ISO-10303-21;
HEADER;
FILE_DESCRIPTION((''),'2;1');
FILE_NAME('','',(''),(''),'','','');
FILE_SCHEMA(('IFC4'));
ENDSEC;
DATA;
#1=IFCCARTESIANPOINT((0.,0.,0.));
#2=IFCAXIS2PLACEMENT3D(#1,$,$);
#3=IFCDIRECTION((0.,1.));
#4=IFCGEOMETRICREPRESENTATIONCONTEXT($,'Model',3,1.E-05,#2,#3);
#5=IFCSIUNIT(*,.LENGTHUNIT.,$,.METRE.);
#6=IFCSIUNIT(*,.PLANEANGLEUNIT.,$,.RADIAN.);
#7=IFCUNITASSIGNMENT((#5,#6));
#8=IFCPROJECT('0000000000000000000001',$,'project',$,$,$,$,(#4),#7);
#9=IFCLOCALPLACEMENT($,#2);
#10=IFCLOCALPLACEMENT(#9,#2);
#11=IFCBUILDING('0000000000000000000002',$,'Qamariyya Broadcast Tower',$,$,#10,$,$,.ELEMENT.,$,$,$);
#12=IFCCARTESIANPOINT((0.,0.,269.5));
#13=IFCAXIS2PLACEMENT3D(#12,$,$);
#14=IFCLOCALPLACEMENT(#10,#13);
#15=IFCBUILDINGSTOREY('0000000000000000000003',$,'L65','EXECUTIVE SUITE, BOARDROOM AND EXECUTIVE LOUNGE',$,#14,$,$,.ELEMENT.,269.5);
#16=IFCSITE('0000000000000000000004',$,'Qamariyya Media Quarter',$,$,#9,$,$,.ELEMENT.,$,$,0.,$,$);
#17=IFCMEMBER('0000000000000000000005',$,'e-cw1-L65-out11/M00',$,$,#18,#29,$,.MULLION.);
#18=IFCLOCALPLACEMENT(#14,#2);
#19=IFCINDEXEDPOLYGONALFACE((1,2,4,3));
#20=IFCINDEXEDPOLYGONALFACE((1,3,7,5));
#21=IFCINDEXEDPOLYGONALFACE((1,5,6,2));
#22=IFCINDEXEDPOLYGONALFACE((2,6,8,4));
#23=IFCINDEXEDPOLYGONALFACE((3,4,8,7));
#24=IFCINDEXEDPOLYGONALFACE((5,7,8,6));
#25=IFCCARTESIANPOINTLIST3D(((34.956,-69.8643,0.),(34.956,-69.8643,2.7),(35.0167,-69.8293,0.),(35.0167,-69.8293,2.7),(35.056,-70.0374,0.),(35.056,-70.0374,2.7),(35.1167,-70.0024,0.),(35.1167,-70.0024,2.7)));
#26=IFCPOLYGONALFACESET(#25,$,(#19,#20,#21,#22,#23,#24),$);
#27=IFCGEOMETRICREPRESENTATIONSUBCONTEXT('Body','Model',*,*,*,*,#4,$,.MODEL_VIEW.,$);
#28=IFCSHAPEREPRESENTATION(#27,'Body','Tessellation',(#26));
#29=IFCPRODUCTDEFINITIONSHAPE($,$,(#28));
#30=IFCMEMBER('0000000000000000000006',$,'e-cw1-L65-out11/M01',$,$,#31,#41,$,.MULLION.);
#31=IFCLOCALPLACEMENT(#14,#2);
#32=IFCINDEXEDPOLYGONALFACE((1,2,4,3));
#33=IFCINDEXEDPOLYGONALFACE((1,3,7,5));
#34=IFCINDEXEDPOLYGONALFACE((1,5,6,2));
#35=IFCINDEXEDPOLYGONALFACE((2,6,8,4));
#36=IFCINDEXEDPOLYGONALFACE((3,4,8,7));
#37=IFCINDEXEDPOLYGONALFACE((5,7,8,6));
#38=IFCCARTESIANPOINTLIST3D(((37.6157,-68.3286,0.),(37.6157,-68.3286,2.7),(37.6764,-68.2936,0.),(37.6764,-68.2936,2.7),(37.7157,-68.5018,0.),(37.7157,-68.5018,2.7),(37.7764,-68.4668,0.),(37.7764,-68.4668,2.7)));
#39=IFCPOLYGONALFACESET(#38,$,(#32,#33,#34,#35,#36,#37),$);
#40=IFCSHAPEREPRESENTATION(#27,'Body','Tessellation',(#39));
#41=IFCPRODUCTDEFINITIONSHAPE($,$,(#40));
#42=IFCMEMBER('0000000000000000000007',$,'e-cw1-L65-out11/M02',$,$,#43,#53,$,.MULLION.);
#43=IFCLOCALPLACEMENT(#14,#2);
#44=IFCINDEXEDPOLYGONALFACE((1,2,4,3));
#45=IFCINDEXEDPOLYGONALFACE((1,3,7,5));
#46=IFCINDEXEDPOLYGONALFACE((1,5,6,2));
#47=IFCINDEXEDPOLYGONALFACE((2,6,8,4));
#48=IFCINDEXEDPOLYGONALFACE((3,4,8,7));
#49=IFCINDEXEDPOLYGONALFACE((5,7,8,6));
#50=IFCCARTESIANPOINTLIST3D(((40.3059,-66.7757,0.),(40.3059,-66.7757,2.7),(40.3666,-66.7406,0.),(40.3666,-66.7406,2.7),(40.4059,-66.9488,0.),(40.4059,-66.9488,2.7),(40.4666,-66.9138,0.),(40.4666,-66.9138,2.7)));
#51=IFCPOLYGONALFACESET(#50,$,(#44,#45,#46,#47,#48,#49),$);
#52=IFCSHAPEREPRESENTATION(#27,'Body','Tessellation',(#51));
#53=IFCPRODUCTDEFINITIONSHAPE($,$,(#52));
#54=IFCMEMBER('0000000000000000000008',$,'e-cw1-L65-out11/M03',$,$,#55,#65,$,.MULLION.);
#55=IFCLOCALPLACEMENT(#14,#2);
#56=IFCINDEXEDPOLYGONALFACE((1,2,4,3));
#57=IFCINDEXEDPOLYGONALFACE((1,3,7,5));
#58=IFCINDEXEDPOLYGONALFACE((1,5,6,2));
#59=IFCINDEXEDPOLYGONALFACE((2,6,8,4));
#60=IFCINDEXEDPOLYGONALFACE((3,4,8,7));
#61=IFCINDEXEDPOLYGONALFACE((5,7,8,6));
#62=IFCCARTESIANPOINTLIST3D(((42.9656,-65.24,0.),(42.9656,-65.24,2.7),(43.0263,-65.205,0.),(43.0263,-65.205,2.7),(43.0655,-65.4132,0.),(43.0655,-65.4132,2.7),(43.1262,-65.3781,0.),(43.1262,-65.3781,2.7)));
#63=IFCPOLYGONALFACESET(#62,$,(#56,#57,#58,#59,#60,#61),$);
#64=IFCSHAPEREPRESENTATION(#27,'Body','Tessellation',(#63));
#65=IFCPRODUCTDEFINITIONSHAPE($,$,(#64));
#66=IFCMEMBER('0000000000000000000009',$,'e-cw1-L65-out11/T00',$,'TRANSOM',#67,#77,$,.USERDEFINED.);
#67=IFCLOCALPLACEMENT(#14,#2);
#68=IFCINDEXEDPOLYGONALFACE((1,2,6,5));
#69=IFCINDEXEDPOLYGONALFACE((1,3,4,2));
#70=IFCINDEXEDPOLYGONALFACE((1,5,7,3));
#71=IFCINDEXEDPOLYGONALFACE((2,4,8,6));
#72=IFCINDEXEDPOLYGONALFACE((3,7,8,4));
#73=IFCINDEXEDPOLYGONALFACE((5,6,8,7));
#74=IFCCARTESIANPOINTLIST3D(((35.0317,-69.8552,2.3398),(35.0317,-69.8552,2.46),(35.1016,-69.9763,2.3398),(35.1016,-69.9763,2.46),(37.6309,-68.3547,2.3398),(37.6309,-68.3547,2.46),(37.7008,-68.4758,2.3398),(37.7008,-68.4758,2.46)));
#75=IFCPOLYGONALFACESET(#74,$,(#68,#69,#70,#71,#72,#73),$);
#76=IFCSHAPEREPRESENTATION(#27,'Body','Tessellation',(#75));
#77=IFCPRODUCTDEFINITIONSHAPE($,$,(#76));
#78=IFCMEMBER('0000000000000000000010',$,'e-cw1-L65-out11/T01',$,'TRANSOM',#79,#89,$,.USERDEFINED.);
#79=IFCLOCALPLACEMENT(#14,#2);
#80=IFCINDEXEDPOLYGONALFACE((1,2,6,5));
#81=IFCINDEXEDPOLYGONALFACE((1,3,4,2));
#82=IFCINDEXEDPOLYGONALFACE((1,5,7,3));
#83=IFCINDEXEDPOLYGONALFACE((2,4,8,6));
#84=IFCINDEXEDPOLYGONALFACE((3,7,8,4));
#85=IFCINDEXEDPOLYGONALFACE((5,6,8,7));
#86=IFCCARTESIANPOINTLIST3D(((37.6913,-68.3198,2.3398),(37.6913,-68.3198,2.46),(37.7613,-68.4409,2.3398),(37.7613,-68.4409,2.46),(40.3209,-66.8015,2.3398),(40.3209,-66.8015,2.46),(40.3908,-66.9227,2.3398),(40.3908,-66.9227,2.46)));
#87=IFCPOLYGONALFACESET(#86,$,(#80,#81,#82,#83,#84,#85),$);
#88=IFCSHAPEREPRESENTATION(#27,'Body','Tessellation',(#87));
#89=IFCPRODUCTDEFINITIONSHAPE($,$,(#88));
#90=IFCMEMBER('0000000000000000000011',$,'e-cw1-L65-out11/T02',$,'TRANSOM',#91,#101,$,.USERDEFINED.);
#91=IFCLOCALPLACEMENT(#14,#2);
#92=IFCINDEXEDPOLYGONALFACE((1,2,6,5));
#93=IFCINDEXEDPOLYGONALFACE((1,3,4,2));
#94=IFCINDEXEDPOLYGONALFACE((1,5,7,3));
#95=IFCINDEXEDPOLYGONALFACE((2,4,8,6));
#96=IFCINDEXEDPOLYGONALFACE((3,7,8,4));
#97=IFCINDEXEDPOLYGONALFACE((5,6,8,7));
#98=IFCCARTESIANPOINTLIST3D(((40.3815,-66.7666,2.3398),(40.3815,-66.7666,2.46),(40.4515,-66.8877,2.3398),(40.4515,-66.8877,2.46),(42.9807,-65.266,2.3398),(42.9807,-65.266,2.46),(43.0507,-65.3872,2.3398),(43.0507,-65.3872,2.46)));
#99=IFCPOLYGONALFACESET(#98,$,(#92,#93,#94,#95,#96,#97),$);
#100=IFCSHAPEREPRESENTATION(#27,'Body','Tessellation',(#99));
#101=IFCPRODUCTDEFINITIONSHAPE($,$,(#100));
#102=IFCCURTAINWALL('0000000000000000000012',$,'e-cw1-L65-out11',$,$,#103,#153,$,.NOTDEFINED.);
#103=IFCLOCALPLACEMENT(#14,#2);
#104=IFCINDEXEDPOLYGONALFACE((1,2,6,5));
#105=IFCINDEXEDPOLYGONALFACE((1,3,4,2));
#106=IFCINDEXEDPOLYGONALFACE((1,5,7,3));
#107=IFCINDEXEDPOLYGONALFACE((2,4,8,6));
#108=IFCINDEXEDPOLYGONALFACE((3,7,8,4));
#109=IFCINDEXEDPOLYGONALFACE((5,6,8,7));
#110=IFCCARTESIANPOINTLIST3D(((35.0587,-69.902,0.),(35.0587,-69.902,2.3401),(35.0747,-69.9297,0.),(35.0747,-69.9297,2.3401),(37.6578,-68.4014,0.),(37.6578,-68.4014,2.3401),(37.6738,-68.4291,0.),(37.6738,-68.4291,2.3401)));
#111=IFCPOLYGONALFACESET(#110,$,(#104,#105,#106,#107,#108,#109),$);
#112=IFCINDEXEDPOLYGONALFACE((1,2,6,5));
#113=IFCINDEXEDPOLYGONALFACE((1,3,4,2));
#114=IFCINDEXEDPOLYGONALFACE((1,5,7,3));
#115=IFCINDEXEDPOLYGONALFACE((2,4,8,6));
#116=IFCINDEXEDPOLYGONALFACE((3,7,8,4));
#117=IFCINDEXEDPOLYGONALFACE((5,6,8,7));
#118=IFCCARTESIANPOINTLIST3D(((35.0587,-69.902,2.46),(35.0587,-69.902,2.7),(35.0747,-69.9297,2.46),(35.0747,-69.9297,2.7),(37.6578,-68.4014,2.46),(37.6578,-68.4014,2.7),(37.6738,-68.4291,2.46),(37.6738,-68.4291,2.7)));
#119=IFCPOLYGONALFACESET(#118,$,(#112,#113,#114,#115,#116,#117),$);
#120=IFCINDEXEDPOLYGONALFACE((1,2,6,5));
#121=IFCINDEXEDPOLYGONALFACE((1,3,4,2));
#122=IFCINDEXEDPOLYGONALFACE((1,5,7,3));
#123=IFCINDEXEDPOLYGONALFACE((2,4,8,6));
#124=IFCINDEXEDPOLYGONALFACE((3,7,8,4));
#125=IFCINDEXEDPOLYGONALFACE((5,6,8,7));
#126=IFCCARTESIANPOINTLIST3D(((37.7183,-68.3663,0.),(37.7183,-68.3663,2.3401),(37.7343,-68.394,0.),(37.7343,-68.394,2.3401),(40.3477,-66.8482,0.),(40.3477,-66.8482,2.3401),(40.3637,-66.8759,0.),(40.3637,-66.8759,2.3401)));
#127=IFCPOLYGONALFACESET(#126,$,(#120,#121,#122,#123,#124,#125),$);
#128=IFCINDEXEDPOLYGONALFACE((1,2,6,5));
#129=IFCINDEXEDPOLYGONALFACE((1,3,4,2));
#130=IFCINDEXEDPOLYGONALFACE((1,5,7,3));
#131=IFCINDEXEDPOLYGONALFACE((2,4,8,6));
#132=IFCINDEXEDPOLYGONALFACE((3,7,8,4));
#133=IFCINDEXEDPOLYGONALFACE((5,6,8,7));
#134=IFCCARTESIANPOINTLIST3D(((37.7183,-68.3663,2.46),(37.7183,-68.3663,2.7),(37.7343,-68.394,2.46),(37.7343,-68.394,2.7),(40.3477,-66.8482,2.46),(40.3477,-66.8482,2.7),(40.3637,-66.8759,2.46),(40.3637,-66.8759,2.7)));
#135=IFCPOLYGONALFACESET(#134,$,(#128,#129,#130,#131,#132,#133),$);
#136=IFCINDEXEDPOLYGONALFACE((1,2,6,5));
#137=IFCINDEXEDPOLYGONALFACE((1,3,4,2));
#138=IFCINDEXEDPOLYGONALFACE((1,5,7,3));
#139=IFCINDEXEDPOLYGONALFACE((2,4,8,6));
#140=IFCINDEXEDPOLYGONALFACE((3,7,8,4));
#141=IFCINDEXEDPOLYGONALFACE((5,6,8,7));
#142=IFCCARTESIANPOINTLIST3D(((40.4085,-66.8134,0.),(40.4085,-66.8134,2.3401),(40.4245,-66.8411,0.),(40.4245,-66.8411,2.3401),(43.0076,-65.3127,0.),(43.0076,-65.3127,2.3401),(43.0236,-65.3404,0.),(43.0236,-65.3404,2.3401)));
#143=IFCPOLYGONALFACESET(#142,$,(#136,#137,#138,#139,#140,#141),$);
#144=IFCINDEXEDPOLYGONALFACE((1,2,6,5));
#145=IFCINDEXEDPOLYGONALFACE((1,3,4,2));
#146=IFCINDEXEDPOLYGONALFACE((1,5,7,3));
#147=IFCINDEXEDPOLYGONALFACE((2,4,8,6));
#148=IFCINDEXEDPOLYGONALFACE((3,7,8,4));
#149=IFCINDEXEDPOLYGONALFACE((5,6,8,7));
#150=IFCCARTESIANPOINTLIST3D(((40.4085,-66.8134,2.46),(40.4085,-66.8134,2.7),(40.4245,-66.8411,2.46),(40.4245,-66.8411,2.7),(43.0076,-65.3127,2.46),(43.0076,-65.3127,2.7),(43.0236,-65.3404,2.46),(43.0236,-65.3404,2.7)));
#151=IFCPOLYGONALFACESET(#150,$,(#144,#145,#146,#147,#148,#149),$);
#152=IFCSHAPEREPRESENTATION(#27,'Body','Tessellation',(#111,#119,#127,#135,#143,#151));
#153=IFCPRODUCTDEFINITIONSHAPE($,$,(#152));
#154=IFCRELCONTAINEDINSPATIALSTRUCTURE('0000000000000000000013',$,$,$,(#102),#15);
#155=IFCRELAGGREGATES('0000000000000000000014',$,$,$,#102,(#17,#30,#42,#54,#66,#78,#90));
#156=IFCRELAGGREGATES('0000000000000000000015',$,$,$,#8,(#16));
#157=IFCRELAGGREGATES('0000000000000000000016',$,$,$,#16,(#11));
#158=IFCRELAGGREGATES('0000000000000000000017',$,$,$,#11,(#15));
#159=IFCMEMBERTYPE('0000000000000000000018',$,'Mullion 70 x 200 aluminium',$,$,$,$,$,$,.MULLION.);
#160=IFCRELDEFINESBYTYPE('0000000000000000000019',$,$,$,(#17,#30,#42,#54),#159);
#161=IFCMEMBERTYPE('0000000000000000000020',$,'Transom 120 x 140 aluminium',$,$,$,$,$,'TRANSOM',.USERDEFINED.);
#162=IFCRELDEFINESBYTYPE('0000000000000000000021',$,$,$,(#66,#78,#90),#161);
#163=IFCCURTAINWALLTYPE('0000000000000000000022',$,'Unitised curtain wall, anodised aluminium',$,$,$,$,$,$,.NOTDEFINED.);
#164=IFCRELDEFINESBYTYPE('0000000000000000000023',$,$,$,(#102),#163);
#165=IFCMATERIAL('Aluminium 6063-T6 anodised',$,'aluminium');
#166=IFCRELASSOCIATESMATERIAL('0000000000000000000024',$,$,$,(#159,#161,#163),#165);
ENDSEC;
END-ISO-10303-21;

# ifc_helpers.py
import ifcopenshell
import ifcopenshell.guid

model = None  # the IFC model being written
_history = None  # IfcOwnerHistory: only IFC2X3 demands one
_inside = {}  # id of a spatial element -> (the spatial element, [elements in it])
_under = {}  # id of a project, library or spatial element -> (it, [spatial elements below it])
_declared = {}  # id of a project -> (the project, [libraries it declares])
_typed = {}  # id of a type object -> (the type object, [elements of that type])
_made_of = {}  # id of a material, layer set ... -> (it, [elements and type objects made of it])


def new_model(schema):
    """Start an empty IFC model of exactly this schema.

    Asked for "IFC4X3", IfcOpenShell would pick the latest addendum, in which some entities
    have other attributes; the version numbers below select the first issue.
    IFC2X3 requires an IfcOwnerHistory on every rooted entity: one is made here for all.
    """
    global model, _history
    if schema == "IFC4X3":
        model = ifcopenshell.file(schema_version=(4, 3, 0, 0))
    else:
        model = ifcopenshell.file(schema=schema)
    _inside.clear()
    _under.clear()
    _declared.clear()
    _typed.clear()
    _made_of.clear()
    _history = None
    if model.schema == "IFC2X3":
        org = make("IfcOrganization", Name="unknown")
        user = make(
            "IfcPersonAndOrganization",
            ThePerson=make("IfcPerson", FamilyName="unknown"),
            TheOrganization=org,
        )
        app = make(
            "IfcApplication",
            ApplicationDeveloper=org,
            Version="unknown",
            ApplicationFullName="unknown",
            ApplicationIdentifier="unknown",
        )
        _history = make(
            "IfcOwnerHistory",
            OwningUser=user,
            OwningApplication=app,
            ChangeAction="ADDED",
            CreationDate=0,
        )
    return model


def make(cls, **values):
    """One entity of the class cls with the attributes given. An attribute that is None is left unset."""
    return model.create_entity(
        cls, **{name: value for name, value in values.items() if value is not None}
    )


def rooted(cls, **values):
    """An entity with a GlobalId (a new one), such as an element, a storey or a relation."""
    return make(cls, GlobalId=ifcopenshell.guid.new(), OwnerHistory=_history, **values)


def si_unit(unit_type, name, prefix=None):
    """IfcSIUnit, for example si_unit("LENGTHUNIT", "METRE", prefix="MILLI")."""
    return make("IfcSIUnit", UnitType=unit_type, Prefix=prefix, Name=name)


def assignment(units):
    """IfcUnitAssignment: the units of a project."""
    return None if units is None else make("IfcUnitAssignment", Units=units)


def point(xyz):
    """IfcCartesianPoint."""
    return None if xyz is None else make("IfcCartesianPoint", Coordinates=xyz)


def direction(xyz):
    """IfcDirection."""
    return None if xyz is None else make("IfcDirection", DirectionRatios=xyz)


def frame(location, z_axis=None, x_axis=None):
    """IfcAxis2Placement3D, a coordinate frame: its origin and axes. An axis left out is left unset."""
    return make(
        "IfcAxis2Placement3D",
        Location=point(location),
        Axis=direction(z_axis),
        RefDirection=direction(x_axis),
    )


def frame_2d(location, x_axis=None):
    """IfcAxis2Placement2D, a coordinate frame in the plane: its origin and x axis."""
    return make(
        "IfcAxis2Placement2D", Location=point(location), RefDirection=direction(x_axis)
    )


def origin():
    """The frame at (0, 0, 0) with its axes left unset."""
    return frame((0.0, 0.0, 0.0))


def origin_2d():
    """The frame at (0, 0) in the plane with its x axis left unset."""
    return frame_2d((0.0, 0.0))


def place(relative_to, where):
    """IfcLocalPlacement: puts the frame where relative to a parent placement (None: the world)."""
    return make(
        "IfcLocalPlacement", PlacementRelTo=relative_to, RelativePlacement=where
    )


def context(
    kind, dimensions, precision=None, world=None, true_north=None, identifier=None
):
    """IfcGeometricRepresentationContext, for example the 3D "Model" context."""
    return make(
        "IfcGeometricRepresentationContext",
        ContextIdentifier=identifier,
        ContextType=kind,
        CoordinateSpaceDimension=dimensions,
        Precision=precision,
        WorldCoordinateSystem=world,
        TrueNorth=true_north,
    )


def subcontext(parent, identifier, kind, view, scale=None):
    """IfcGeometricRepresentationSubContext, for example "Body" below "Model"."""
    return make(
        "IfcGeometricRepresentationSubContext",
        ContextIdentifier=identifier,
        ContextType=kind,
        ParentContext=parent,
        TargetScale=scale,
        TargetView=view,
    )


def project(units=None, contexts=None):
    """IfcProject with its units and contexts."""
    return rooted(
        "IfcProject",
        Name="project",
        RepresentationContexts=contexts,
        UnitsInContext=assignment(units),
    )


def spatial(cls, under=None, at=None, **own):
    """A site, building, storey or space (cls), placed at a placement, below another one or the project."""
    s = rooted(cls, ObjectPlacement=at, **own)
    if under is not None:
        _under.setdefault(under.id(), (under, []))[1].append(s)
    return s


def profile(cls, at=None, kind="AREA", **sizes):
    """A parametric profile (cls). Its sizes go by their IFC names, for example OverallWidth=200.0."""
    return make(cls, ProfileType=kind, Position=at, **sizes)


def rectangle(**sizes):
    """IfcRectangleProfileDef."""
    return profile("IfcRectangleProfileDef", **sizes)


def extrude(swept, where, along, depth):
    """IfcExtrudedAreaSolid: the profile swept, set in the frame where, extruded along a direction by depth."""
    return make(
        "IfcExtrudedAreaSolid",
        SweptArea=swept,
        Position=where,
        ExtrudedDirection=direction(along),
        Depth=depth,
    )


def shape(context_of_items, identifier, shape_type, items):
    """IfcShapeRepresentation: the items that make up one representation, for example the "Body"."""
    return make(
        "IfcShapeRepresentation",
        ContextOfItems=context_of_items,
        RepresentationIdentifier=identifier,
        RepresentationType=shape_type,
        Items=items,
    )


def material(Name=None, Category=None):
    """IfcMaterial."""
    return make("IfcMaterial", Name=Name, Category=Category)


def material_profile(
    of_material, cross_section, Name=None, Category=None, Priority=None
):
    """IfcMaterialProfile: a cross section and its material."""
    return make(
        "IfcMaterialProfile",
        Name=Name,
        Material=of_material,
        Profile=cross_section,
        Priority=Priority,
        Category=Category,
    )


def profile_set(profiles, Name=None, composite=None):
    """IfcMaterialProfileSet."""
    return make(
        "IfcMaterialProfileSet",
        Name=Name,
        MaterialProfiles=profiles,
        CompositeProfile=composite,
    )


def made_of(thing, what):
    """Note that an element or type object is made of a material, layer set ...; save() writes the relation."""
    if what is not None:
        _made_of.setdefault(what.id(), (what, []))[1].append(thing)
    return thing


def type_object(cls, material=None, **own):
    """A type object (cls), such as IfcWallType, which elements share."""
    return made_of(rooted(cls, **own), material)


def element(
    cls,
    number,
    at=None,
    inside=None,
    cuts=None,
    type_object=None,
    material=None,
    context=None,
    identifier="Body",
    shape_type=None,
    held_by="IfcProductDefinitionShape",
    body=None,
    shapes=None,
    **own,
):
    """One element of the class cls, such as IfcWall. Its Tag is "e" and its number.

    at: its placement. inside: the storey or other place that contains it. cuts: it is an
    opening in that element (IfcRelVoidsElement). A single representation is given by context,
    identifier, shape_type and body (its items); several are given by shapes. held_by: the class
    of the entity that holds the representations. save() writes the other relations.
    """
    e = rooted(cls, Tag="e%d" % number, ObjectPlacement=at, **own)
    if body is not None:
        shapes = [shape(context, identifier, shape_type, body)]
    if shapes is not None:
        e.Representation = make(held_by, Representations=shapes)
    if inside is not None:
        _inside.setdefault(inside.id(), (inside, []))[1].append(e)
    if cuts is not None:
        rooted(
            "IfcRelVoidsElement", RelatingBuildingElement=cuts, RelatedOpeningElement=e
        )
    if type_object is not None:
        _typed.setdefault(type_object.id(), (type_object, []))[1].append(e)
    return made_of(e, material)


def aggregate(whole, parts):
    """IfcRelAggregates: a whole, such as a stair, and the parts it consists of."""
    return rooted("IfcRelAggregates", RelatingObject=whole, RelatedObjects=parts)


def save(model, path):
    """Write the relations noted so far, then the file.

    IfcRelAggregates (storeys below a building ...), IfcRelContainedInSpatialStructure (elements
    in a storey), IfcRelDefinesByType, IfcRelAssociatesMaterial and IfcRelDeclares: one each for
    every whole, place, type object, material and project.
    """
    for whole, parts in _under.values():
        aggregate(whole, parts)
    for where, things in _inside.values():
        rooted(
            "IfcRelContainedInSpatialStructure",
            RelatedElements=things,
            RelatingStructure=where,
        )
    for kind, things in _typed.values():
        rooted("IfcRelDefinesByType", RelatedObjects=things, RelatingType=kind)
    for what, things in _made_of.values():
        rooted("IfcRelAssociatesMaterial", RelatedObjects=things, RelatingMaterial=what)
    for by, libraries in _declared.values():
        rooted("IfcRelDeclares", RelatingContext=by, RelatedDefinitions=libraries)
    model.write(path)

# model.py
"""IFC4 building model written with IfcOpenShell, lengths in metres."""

from ifc_helpers import new_model, si_unit, direction, frame, origin, origin_2d, place, context, subcontext, project, spatial, rectangle, extrude, material, material_profile, profile_set, type_object, element, aggregate, save


model = new_model("IFC4")

# Units and contexts
model_context = context("Model", 3, precision=1e-05, world=origin(), true_north=direction((0.0, 1.0)))
body_context = subcontext(model_context, "Body", "Model", "MODEL_VIEW")
ifc_project = project(units=[si_unit("LENGTHUNIT", "METRE"), si_unit("PLANEANGLEUNIT", "RADIAN")], contexts=[model_context])

# Members
ifc_material_1 = material(Name="Aluminium 6063-T6 anodised", Category="aluminium")
ifc_material_profile_1 = material_profile(ifc_material_1, rectangle(XDim=0.2, YDim=0.0701, at=origin_2d()))
ifc_profile_set_1 = profile_set([ifc_material_profile_1], Name="Aluminium 6063-T6 anodised")
member_type_1 = type_object("IfcMemberType", Name="Mullion 70 x 200 aluminium", PredefinedType="MULLION", material=ifc_profile_set_1)
site_placement = place(None, origin())
building_placement = place(site_placement, origin())
storey_placement = place(building_placement, frame((0.0, 0.0, 269.5)))
member_1_placement = place(storey_placement, frame((35.0364, -69.9333, 0.0), z_axis=(0.0, 0.0, 1.0), x_axis=(-0.5, 0.866025, 0.0)))
member_1 = element("IfcMember", 1, at=member_1_placement, type_object=member_type_1, Name="e-cw1-L65-out11/M00", PredefinedType="MULLION", context=body_context, shape_type="SweptSolid", body=[
    extrude(rectangle(XDim=0.2, YDim=0.0701, at=origin_2d()), origin(), (0.0, 0.0, 1.0), 2.7),
])
member_2_placement = place(storey_placement, frame((37.696, -68.3977, 0.0), z_axis=(0.0, 0.0, 1.0), x_axis=(-0.5, 0.866025, 0.0)))
member_2 = element("IfcMember", 2, at=member_2_placement, type_object=member_type_1, Name="e-cw1-L65-out11/M01", PredefinedType="MULLION", context=body_context, shape_type="SweptSolid", body=[
    extrude(rectangle(XDim=0.2, YDim=0.0701, at=origin_2d()), origin(), (0.0, 0.0, 1.0), 2.7),
])
member_3_placement = place(storey_placement, frame((40.3862, -66.8447, 0.0), z_axis=(0.0, 0.0, 1.0), x_axis=(-0.5, 0.866025, 0.0)))
member_3 = element("IfcMember", 3, at=member_3_placement, type_object=member_type_1, Name="e-cw1-L65-out11/M02", PredefinedType="MULLION", context=body_context, shape_type="SweptSolid", body=[
    extrude(rectangle(XDim=0.2, YDim=0.0701, at=origin_2d()), origin(), (0.0, 0.0, 1.0), 2.7),
])
member_4_placement = place(storey_placement, frame((43.0459, -65.3091, 0.0), z_axis=(0.0, 0.0, 1.0), x_axis=(-0.5, 0.866025, 0.0)))
member_4 = element("IfcMember", 4, at=member_4_placement, type_object=member_type_1, Name="e-cw1-L65-out11/M03", PredefinedType="MULLION", context=body_context, shape_type="SweptSolid", body=[
    extrude(rectangle(XDim=0.2, YDim=0.0701, at=origin_2d()), origin(), (0.0, 0.0, 1.0), 2.7),
])
ifc_material_profile_2 = material_profile(ifc_material_1, rectangle(XDim=0.1399, YDim=0.1201, at=origin_2d()))
ifc_profile_set_2 = profile_set([ifc_material_profile_2], Name="Aluminium 6063-T6 anodised")
member_type_2 = type_object("IfcMemberType", Name="Transom 120 x 140 aluminium", ElementType="TRANSOM", PredefinedType="USERDEFINED", material=ifc_profile_set_2)
member_5_placement = place(storey_placement, frame((35.0667, -69.9158, 2.3999), z_axis=(0.866042, 0.499971, 0.0), x_axis=(-0.499971, 0.866042, 0.0)))
member_5 = element("IfcMember", 5, at=member_5_placement, type_object=member_type_2, Name="e-cw1-L65-out11/T00", ObjectType="TRANSOM", PredefinedType="USERDEFINED", context=body_context, shape_type="SweptSolid", body=[
    extrude(rectangle(XDim=0.1399, YDim=0.1201, at=origin_2d()), origin(), (0.0, 0.0, 1.0), 3.0012),
])
member_6_placement = place(storey_placement, frame((37.7263, -68.3804, 2.3999), z_axis=(0.866013, 0.500022, 0.0), x_axis=(-0.500022, 0.866013, 0.0)))
member_6 = element("IfcMember", 6, at=member_6_placement, type_object=member_type_2, Name="e-cw1-L65-out11/T01", ObjectType="TRANSOM", PredefinedType="USERDEFINED", context=body_context, shape_type="SweptSolid", body=[
    extrude(rectangle(XDim=0.1399, YDim=0.1201, at=origin_2d()), origin(), (0.0, 0.0, 1.0), 3.0364),
])
member_7_placement = place(storey_placement, frame((40.4165, -66.8271, 2.3999), z_axis=(0.866042, 0.499971, 0.0), x_axis=(-0.499971, 0.866042, 0.0)))
member_7 = element("IfcMember", 7, at=member_7_placement, type_object=member_type_2, Name="e-cw1-L65-out11/T02", ObjectType="TRANSOM", PredefinedType="USERDEFINED", context=body_context, shape_type="SweptSolid", body=[
    extrude(rectangle(XDim=0.1399, YDim=0.1201, at=origin_2d()), origin(), (0.0, 0.0, 1.0), 3.0012),
])

# Site, building, storey
site = spatial("IfcSite", under=ifc_project, at=site_placement, Name="Qamariyya Media Quarter", CompositionType="ELEMENT", RefElevation=0.0)
building = spatial("IfcBuilding", under=site, at=building_placement, Name="Qamariyya Broadcast Tower", CompositionType="ELEMENT")
storey = spatial("IfcBuildingStorey", under=building, at=storey_placement, Name="L65", Description="EXECUTIVE SUITE, BOARDROOM AND EXECUTIVE LOUNGE", CompositionType="ELEMENT", Elevation=269.5)

# Curtain wall
curtain_wall_type = type_object("IfcCurtainWallType", Name="Unitised curtain wall, anodised aluminium", PredefinedType="NOTDEFINED", material=ifc_material_1)
curtain_wall_1_placement = place(storey_placement, origin())
curtain_wall_1 = element("IfcCurtainWall", 8, at=curtain_wall_1_placement, inside=storey, type_object=curtain_wall_type, Name="e-cw1-L65-out11", PredefinedType="NOTDEFINED", context=body_context, shape_type="SweptSolid", body=[
    extrude(rectangle(XDim=3.0012, YDim=0.032, at=origin_2d()), frame((36.3662, -69.1655, 0.0), x_axis=(0.866018, 0.500013, 0.0)), (0.0, 0.0, 1.0), 2.3401),
    extrude(rectangle(XDim=3.0012, YDim=0.032, at=origin_2d()), frame((36.3662, -69.1655, 2.46), x_axis=(0.866018, 0.500013, 0.0)), (0.0, 0.0, 1.0), 0.24),
    extrude(rectangle(XDim=3.0361, YDim=0.032, at=origin_2d()), frame((39.041, -67.6211, 0.0), x_axis=(0.866018, 0.500013, 0.0)), (0.0, 0.0, 1.0), 2.3401),
    extrude(rectangle(XDim=3.0361, YDim=0.032, at=origin_2d()), frame((39.041, -67.6211, 2.46), x_axis=(0.866018, 0.500013, 0.0)), (0.0, 0.0, 1.0), 0.24),
    extrude(rectangle(XDim=3.0012, YDim=0.032, at=origin_2d()), frame((41.7161, -66.0769, 0.0), x_axis=(0.866018, 0.500013, 0.0)), (0.0, 0.0, 1.0), 2.3401),
    extrude(rectangle(XDim=3.0012, YDim=0.032, at=origin_2d()), frame((41.7161, -66.0769, 2.46), x_axis=(0.866018, 0.500013, 0.0)), (0.0, 0.0, 1.0), 0.24),
])
aggregate(curtain_wall_1, [member_1, member_2, member_3, member_4, member_5, member_6, member_7])

save(model, "model.ifc")
